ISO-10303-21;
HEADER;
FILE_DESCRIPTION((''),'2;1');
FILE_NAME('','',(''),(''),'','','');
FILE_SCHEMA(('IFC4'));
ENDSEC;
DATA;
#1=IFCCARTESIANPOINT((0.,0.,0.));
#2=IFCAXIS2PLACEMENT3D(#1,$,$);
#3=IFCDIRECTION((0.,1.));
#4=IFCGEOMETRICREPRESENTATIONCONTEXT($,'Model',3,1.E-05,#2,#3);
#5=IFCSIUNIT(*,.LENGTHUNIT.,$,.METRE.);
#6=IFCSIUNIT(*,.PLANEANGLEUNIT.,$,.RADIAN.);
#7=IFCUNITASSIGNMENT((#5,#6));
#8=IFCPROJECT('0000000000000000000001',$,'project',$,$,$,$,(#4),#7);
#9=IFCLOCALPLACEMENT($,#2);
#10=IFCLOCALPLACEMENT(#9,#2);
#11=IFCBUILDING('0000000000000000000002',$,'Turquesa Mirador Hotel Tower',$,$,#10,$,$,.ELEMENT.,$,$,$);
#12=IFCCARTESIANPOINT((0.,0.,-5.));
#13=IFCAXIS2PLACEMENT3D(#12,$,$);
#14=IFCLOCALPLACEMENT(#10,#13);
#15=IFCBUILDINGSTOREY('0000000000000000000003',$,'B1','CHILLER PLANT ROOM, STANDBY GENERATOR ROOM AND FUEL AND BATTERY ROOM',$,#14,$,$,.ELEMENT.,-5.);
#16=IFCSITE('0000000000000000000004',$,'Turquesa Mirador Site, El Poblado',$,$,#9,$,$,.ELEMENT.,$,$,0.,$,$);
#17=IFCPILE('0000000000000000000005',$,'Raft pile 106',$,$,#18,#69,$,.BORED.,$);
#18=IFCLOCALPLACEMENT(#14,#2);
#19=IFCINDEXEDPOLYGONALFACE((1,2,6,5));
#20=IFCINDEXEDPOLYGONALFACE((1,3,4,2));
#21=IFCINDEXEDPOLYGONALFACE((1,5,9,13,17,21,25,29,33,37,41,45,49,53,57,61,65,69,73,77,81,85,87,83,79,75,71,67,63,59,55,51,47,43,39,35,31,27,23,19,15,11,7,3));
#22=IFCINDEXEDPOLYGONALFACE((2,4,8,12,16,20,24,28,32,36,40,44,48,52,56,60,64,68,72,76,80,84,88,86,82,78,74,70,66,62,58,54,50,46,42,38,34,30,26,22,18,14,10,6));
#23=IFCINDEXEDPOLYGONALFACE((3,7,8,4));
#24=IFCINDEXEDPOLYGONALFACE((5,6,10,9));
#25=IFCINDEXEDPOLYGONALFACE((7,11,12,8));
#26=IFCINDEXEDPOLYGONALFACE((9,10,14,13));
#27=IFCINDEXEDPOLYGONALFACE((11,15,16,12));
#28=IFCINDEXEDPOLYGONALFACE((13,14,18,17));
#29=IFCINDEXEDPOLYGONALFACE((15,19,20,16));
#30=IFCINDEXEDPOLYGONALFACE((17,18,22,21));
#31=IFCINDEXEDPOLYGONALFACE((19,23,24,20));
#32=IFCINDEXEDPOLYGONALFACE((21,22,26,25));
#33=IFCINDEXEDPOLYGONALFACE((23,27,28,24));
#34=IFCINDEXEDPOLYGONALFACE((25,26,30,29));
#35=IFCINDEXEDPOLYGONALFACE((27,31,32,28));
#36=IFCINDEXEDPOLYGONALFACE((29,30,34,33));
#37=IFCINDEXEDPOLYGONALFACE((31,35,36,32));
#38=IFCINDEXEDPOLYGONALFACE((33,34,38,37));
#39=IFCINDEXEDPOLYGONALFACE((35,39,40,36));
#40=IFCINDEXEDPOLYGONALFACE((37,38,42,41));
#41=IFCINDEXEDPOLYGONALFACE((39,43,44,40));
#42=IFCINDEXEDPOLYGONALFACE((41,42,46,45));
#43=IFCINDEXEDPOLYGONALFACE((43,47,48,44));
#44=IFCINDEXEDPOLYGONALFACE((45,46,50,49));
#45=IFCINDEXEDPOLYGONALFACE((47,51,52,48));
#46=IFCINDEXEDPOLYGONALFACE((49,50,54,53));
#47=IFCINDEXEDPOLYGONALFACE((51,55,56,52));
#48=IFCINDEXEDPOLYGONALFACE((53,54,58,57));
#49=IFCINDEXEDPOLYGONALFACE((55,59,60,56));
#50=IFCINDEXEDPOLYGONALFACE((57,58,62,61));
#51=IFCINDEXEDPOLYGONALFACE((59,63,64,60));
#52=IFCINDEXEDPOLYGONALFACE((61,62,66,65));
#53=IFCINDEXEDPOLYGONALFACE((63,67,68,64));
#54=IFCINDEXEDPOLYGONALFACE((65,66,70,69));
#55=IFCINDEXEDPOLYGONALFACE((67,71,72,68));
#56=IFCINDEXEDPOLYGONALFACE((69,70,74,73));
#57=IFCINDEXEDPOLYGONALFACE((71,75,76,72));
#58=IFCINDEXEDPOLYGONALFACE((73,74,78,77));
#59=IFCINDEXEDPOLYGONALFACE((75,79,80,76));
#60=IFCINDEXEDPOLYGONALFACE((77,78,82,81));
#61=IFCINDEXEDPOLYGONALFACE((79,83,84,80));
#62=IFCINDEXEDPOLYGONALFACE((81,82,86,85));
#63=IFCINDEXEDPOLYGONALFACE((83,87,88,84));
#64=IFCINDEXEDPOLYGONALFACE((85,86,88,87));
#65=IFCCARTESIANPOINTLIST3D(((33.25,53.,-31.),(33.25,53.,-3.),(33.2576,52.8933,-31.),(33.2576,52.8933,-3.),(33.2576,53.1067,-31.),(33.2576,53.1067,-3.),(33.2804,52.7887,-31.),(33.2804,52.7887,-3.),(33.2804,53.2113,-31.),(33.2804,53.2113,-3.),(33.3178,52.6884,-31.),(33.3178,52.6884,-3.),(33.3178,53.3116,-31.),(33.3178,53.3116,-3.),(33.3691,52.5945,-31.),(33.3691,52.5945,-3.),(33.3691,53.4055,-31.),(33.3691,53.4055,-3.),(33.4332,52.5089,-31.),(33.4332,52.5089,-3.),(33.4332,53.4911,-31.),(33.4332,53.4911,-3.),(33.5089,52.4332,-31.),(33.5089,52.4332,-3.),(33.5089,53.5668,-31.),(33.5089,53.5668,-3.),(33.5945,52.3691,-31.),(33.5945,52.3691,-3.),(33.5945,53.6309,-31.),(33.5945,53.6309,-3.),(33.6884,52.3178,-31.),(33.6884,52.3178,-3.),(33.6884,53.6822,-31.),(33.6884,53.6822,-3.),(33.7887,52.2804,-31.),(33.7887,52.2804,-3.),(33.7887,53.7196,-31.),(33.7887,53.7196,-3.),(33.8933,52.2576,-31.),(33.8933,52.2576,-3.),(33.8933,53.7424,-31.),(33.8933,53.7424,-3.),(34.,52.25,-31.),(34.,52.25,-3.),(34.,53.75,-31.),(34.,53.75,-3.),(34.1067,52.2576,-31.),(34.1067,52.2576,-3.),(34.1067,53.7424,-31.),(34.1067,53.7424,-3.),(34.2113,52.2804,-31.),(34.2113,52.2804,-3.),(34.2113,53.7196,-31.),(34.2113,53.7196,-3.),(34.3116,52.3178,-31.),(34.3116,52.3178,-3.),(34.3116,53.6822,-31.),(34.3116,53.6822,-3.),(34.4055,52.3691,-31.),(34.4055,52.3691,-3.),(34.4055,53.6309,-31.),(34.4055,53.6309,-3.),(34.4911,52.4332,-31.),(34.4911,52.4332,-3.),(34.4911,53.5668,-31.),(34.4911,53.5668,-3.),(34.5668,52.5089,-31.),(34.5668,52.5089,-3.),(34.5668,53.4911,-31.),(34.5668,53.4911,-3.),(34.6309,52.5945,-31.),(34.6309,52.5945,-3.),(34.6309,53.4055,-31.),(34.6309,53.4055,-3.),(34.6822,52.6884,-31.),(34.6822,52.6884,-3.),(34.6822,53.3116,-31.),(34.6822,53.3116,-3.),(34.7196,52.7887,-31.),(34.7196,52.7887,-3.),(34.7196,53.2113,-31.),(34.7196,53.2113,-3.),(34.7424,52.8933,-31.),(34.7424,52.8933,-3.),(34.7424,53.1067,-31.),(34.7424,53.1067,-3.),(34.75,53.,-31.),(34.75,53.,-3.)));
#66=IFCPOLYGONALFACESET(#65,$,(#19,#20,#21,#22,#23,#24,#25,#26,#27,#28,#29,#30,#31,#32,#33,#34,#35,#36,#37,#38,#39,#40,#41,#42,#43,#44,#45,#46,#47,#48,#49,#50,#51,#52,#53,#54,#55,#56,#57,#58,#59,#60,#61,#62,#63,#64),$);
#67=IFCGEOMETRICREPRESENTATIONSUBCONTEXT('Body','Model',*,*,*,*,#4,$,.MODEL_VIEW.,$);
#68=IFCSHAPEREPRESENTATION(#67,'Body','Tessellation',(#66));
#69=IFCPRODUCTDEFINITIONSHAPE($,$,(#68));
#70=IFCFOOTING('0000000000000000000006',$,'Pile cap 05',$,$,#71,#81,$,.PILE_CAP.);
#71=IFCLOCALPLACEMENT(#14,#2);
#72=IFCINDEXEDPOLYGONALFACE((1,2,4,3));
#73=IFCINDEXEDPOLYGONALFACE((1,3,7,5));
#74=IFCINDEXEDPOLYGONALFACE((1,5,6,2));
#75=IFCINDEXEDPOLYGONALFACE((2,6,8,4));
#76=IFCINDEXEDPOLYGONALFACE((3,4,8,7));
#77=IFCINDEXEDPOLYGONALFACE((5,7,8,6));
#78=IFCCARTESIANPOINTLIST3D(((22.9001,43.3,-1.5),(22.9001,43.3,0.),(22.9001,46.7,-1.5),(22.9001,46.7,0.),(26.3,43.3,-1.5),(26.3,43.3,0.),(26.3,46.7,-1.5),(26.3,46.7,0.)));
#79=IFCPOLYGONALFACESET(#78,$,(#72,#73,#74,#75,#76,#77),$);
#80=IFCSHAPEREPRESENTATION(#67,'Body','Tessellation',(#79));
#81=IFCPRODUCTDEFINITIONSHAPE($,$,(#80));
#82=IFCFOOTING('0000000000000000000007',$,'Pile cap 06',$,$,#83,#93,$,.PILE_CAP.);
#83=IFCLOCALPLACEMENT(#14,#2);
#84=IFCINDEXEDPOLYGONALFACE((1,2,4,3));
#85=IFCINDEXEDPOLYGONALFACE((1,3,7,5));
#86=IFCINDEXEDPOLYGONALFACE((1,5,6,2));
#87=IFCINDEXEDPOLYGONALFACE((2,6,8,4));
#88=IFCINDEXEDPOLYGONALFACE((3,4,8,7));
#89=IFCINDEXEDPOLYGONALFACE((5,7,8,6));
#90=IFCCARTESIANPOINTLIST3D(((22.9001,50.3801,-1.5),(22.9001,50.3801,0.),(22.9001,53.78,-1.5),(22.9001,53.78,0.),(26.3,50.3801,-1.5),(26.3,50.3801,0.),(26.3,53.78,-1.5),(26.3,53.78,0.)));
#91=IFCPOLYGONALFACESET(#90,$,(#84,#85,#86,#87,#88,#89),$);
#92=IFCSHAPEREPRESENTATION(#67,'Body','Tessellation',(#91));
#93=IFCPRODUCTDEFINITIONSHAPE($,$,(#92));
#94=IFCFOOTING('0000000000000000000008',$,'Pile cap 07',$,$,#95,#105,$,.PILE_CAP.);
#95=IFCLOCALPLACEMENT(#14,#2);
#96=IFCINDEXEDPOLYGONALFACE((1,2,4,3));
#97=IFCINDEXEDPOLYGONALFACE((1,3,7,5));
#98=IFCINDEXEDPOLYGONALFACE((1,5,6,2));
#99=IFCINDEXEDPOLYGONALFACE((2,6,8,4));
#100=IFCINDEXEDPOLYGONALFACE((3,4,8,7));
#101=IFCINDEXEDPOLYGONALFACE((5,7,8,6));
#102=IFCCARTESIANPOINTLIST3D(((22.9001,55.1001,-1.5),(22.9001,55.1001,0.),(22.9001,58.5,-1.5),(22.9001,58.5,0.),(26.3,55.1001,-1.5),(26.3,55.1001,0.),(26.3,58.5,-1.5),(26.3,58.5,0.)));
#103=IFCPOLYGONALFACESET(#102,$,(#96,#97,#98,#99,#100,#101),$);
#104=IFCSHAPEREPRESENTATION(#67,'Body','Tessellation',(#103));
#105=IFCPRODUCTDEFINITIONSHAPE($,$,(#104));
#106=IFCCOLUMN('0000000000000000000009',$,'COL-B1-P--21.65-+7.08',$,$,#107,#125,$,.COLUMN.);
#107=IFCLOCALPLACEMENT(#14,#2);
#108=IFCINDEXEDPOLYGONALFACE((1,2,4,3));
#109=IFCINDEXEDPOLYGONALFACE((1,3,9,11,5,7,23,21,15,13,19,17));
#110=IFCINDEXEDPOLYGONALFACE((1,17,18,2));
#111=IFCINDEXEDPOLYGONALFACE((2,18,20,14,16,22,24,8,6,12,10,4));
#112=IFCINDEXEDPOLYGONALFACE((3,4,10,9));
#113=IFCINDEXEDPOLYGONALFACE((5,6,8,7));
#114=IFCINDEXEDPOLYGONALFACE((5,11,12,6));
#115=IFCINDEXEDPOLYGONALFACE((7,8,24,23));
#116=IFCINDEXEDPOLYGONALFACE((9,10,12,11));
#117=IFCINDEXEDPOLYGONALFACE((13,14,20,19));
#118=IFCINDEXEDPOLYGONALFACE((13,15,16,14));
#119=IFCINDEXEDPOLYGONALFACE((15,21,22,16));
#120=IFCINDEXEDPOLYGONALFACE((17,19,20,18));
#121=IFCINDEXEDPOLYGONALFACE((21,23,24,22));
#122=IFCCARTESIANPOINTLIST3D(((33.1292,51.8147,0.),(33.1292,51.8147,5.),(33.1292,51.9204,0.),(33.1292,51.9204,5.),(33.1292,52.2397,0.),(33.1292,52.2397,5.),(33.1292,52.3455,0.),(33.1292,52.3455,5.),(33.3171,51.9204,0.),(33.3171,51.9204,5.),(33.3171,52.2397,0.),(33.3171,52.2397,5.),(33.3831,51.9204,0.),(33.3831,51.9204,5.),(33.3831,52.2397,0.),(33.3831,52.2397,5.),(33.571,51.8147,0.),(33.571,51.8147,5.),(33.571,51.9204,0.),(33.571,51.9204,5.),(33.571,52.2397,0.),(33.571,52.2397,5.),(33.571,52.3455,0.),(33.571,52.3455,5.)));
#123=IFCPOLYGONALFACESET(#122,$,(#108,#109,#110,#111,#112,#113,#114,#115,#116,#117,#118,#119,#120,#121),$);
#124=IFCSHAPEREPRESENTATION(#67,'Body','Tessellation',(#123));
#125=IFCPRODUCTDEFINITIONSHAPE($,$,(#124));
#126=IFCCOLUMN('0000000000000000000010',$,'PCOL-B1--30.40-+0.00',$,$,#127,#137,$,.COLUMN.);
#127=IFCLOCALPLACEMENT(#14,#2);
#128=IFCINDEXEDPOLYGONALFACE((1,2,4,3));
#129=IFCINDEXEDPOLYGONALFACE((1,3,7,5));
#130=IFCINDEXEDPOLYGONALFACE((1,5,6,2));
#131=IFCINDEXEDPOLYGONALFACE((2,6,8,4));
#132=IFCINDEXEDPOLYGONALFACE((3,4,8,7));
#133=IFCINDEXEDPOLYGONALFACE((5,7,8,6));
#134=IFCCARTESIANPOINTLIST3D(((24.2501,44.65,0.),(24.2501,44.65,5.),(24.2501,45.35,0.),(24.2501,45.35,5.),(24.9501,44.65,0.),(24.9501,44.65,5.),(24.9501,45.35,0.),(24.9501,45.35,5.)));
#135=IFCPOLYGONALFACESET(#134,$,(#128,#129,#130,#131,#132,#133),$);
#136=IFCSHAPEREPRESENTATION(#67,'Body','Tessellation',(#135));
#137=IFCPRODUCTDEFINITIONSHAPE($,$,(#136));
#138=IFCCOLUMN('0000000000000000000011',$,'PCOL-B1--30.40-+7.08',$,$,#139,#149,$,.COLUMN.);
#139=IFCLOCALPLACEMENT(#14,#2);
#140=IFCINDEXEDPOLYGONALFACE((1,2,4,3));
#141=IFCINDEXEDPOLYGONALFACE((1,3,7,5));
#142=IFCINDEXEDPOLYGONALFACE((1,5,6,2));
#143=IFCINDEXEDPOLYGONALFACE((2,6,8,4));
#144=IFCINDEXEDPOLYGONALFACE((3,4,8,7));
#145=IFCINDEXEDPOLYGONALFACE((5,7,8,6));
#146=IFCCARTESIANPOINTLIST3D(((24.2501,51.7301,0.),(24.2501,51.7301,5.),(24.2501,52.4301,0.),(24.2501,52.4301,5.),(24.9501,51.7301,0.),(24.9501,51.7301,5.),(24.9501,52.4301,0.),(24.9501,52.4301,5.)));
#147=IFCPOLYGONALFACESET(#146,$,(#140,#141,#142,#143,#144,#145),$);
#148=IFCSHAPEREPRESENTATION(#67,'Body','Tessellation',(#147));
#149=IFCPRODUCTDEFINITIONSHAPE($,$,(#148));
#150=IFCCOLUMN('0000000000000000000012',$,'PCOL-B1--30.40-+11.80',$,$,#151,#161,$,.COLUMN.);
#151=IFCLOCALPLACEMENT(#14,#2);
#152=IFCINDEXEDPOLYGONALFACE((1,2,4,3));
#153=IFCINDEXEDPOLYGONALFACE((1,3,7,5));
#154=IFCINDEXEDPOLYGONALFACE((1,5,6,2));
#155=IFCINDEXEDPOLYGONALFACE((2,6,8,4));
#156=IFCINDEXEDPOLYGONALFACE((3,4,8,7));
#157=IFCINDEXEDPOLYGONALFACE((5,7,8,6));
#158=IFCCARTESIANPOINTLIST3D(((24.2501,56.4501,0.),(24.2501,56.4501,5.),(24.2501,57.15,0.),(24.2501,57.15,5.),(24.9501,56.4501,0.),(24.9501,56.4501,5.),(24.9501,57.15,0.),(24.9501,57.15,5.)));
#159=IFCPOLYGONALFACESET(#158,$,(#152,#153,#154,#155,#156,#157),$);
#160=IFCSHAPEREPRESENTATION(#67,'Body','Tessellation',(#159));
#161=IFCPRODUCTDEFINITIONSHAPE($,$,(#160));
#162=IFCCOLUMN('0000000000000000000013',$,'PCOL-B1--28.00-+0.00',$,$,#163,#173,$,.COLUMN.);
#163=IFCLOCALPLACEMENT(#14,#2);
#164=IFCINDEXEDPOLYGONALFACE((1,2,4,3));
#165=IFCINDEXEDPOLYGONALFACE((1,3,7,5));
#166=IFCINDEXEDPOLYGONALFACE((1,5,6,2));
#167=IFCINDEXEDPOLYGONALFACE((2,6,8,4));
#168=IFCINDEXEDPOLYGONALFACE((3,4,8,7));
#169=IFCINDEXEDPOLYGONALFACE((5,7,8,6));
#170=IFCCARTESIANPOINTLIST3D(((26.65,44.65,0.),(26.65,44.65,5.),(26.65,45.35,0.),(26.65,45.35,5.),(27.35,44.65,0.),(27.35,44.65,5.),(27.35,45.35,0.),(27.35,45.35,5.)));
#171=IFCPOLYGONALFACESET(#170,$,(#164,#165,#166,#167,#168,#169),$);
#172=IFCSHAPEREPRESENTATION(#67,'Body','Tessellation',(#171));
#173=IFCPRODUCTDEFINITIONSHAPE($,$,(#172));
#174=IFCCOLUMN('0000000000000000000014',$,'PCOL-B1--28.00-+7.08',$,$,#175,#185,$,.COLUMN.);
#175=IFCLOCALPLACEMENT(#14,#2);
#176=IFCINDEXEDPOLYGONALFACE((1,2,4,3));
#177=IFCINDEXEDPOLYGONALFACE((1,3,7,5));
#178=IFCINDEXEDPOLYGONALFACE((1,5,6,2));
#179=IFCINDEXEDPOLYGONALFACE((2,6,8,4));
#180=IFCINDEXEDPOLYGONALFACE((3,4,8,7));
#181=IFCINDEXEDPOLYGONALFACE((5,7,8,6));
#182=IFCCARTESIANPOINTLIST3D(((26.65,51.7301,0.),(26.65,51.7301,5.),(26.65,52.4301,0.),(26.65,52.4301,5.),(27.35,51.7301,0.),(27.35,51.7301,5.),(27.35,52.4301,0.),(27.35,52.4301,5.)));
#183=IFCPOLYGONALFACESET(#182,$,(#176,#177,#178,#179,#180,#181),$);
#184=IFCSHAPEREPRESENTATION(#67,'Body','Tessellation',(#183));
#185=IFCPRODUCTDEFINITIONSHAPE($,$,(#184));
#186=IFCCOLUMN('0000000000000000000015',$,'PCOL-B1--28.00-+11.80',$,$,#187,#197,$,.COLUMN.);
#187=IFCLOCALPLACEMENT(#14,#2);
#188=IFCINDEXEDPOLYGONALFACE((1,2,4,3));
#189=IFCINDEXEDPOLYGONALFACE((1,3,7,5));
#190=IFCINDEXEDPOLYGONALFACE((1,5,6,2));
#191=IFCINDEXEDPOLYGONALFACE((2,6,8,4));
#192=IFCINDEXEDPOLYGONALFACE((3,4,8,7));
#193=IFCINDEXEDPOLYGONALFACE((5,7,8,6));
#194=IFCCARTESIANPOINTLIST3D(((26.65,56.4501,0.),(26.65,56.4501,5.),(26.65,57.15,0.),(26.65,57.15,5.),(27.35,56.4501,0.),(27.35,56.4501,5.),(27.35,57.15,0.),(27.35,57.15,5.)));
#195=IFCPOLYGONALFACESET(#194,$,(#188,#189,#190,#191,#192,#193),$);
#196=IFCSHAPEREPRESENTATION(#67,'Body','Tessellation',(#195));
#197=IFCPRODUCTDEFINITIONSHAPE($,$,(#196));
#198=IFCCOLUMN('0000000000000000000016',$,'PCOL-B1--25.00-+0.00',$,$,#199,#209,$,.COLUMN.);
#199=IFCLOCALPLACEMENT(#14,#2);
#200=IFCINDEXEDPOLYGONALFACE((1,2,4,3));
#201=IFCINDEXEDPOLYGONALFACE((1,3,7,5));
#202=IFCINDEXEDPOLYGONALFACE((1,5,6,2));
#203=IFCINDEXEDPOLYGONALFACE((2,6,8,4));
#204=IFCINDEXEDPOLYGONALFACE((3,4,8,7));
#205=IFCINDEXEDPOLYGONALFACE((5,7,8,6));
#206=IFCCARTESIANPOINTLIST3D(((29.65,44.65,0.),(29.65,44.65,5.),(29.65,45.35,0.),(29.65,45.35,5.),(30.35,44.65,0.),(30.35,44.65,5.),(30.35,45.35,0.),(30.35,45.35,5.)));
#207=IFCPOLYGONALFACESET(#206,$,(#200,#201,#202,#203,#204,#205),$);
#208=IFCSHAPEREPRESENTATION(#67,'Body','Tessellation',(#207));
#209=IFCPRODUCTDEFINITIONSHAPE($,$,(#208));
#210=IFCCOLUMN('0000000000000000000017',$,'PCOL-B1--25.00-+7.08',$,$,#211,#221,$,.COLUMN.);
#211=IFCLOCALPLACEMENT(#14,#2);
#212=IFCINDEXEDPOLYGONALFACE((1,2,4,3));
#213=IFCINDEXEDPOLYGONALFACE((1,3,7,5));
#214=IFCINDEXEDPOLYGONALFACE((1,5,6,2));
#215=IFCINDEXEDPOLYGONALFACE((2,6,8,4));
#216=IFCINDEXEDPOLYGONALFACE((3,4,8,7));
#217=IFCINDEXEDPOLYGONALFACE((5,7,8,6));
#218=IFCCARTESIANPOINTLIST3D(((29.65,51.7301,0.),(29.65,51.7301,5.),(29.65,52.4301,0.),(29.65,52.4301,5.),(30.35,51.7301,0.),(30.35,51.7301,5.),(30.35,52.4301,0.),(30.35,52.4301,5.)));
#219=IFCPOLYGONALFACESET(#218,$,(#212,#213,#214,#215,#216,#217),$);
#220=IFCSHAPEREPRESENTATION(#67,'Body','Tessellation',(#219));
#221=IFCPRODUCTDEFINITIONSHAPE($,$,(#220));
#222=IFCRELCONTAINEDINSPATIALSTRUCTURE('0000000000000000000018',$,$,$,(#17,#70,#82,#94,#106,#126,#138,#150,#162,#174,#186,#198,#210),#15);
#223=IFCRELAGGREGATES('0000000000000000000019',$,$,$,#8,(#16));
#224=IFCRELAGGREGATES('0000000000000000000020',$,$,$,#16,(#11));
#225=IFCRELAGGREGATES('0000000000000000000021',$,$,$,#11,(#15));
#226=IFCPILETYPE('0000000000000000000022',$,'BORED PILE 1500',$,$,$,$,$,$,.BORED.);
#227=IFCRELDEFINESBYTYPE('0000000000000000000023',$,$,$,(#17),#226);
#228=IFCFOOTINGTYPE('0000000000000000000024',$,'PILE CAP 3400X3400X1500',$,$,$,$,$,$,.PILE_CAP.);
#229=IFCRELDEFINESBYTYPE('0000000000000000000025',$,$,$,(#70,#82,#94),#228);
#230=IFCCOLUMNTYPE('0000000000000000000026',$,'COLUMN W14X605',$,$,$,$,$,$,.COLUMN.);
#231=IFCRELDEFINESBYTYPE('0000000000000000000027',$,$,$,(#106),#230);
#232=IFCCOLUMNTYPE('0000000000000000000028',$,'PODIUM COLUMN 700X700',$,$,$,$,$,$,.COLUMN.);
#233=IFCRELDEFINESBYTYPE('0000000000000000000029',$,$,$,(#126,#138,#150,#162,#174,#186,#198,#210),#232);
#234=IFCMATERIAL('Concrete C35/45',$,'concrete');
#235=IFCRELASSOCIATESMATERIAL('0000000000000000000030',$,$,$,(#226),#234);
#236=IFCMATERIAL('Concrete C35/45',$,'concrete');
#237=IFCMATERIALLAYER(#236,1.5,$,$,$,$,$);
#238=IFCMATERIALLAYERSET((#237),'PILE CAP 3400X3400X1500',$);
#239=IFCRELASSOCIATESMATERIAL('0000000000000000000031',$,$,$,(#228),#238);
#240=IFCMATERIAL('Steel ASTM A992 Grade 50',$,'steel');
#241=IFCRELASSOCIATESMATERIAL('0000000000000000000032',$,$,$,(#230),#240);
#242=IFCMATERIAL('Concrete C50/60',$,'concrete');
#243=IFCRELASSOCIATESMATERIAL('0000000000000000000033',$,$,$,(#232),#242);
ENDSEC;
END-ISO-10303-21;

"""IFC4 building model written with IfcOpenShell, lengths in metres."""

from ifc_helpers import new_model, si_unit, direction, frame, origin, origin_2d, place, context, subcontext, project, spatial, rectangle, circle, i_section, extrude, material, layer, layer_set, material_profile, profile_set, type_object, element, save


model = new_model("IFC4")

# Units and contexts
model_context = context("Model", 3, precision=1e-05, world=origin(), true_north=direction((0.0, 1.0)))
body_context = subcontext(model_context, "Body", "Model", "MODEL_VIEW")
ifc_project = project(units=[si_unit("LENGTHUNIT", "METRE"), si_unit("PLANEANGLEUNIT", "RADIAN")], contexts=[model_context])

# Site, building, storey
site_placement = place(None, origin())
site = spatial("IfcSite", under=ifc_project, at=site_placement, Name="Turquesa Mirador Site, El Poblado", CompositionType="ELEMENT", RefElevation=0.0)
building_placement = place(site_placement, origin())
building = spatial("IfcBuilding", under=site, at=building_placement, Name="Turquesa Mirador Hotel Tower", CompositionType="ELEMENT")
storey_placement = place(building_placement, frame((0.0, 0.0, -5.0)))
storey = spatial("IfcBuildingStorey", under=building, at=storey_placement, Name="B1", Description="CHILLER PLANT ROOM, STANDBY GENERATOR ROOM AND FUEL AND BATTERY ROOM", CompositionType="ELEMENT", Elevation=-5.0)

# Pile
ifc_material_1 = material(Name="Concrete C35/45", Category="concrete")
pile_type_1 = type_object("IfcPileType", Name="BORED PILE 1500", PredefinedType="BORED", material=ifc_material_1)
for number, where, z_axis, x_axis, name in (
    (1, (34.0, 53.0, -3.0), (0.0, 0.0, -1.0), (1.0, 0.0, 0.0), "Raft pile 106"),
):
    element("IfcPile", number, at=place(storey_placement, frame(where, z_axis=z_axis, x_axis=x_axis)), inside=storey, type_object=pile_type_1, Name=name, PredefinedType="BORED", context=body_context, shape_type="SweptSolid", body=[
        extrude(circle(Radius=0.75, at=origin_2d()), origin(), (0.0, 0.0, 1.0), 28.0),
    ])

# Footings
ifc_material_2 = material(Name="Concrete C35/45", Category="concrete")
ifc_layer_1 = layer(ifc_material_2, 1.5)
ifc_layer_set_1 = layer_set([ifc_layer_1], Name="PILE CAP 3400X3400X1500")
footing_type = type_object("IfcFootingType", Name="PILE CAP 3400X3400X1500", PredefinedType="PILE_CAP", material=ifc_layer_set_1)
for number, where, z_axis, x_axis, name in (
    (2, (24.6001, 45.0, -1.5), (0.0, 0.0, 1.0), (1.0, 0.0, 0.0), "Pile cap 05"),
    (3, (24.6001, 52.0801, -1.5), (0.0, 0.0, 1.0), (1.0, 0.0, 0.0), "Pile cap 06"),
    (4, (24.6001, 56.8, -1.5), (0.0, 0.0, 1.0), (1.0, 0.0, 0.0), "Pile cap 07"),
):
    element("IfcFooting", number, at=place(storey_placement, frame(where, z_axis=z_axis, x_axis=x_axis)), inside=storey, type_object=footing_type, Name=name, PredefinedType="PILE_CAP", context=body_context, shape_type="SweptSolid", body=[
        extrude(rectangle(XDim=3.3999, YDim=3.3999, at=origin_2d()), origin(), (0.0, 0.0, 1.0), 1.5),
    ])

# Columns
ifc_material_3 = material(Name="Steel ASTM A992 Grade 50", Category="steel")
ifc_material_profile_1 = material_profile(ifc_material_3, i_section(OverallWidth=0.4419, OverallDepth=0.5308, WebThickness=0.0659, FlangeThickness=0.1057, at=origin_2d()), Name="W14X605")
ifc_profile_set_1 = profile_set([ifc_material_profile_1], Name="Steel ASTM A992 Grade 50")
column_type_1 = type_object("IfcColumnType", Name="COLUMN W14X605", PredefinedType="COLUMN", material=ifc_profile_set_1)
column_placement = place(storey_placement, frame((33.3501, 52.0801, 0.0), z_axis=(0.0, 0.0, 1.0), x_axis=(1.0, 0.0, 0.0)))
element("IfcColumn", 5, at=column_placement, inside=storey, type_object=column_type_1, Name="COL-B1-P--21.65-+7.08", PredefinedType="COLUMN", context=body_context, shape_type="SweptSolid", body=[
    extrude(i_section(OverallWidth=0.4419, OverallDepth=0.5308, WebThickness=0.0659, FlangeThickness=0.1057, at=origin_2d()), origin(), (0.0, 0.0, 1.0), 5.0),
])
ifc_material_4 = material(Name="Concrete C50/60", Category="concrete")
ifc_material_profile_2 = material_profile(ifc_material_4, rectangle(XDim=0.7, YDim=0.7, at=origin_2d()), Name="RC 700X700")
ifc_profile_set_2 = profile_set([ifc_material_profile_2], Name="Concrete C50/60")
column_type_2 = type_object("IfcColumnType", Name="PODIUM COLUMN 700X700", PredefinedType="COLUMN", material=ifc_profile_set_2)
for number, where, z_axis, x_axis, name in (
    (6, (24.6001, 45.0, 0.0), (0.0, 0.0, 1.0), (1.0, 0.0, 0.0), "PCOL-B1--30.40-+0.00"),
    (7, (24.6001, 52.0801, 0.0), (0.0, 0.0, 1.0), (1.0, 0.0, 0.0), "PCOL-B1--30.40-+7.08"),
    (8, (24.6001, 56.8, 0.0), (0.0, 0.0, 1.0), (1.0, 0.0, 0.0), "PCOL-B1--30.40-+11.80"),
    (9, (27.0, 45.0, 0.0), (0.0, 0.0, 1.0), (1.0, 0.0, 0.0), "PCOL-B1--28.00-+0.00"),
    (10, (27.0, 52.0801, 0.0), (0.0, 0.0, 1.0), (1.0, 0.0, 0.0), "PCOL-B1--28.00-+7.08"),
    (11, (27.0, 56.8, 0.0), (0.0, 0.0, 1.0), (1.0, 0.0, 0.0), "PCOL-B1--28.00-+11.80"),
    (12, (30.0, 45.0, 0.0), (0.0, 0.0, 1.0), (1.0, 0.0, 0.0), "PCOL-B1--25.00-+0.00"),
    (13, (30.0, 52.0801, 0.0), (0.0, 0.0, 1.0), (1.0, 0.0, 0.0), "PCOL-B1--25.00-+7.08"),
):
    element("IfcColumn", number, at=place(storey_placement, frame(where, z_axis=z_axis, x_axis=x_axis)), inside=storey, type_object=column_type_2, Name=name, PredefinedType="COLUMN", context=body_context, shape_type="SweptSolid", body=[
        extrude(rectangle(XDim=0.7, YDim=0.7, at=origin_2d()), origin(), (0.0, 0.0, 1.0), 5.0),
    ])

save(model, "model.ifc")
